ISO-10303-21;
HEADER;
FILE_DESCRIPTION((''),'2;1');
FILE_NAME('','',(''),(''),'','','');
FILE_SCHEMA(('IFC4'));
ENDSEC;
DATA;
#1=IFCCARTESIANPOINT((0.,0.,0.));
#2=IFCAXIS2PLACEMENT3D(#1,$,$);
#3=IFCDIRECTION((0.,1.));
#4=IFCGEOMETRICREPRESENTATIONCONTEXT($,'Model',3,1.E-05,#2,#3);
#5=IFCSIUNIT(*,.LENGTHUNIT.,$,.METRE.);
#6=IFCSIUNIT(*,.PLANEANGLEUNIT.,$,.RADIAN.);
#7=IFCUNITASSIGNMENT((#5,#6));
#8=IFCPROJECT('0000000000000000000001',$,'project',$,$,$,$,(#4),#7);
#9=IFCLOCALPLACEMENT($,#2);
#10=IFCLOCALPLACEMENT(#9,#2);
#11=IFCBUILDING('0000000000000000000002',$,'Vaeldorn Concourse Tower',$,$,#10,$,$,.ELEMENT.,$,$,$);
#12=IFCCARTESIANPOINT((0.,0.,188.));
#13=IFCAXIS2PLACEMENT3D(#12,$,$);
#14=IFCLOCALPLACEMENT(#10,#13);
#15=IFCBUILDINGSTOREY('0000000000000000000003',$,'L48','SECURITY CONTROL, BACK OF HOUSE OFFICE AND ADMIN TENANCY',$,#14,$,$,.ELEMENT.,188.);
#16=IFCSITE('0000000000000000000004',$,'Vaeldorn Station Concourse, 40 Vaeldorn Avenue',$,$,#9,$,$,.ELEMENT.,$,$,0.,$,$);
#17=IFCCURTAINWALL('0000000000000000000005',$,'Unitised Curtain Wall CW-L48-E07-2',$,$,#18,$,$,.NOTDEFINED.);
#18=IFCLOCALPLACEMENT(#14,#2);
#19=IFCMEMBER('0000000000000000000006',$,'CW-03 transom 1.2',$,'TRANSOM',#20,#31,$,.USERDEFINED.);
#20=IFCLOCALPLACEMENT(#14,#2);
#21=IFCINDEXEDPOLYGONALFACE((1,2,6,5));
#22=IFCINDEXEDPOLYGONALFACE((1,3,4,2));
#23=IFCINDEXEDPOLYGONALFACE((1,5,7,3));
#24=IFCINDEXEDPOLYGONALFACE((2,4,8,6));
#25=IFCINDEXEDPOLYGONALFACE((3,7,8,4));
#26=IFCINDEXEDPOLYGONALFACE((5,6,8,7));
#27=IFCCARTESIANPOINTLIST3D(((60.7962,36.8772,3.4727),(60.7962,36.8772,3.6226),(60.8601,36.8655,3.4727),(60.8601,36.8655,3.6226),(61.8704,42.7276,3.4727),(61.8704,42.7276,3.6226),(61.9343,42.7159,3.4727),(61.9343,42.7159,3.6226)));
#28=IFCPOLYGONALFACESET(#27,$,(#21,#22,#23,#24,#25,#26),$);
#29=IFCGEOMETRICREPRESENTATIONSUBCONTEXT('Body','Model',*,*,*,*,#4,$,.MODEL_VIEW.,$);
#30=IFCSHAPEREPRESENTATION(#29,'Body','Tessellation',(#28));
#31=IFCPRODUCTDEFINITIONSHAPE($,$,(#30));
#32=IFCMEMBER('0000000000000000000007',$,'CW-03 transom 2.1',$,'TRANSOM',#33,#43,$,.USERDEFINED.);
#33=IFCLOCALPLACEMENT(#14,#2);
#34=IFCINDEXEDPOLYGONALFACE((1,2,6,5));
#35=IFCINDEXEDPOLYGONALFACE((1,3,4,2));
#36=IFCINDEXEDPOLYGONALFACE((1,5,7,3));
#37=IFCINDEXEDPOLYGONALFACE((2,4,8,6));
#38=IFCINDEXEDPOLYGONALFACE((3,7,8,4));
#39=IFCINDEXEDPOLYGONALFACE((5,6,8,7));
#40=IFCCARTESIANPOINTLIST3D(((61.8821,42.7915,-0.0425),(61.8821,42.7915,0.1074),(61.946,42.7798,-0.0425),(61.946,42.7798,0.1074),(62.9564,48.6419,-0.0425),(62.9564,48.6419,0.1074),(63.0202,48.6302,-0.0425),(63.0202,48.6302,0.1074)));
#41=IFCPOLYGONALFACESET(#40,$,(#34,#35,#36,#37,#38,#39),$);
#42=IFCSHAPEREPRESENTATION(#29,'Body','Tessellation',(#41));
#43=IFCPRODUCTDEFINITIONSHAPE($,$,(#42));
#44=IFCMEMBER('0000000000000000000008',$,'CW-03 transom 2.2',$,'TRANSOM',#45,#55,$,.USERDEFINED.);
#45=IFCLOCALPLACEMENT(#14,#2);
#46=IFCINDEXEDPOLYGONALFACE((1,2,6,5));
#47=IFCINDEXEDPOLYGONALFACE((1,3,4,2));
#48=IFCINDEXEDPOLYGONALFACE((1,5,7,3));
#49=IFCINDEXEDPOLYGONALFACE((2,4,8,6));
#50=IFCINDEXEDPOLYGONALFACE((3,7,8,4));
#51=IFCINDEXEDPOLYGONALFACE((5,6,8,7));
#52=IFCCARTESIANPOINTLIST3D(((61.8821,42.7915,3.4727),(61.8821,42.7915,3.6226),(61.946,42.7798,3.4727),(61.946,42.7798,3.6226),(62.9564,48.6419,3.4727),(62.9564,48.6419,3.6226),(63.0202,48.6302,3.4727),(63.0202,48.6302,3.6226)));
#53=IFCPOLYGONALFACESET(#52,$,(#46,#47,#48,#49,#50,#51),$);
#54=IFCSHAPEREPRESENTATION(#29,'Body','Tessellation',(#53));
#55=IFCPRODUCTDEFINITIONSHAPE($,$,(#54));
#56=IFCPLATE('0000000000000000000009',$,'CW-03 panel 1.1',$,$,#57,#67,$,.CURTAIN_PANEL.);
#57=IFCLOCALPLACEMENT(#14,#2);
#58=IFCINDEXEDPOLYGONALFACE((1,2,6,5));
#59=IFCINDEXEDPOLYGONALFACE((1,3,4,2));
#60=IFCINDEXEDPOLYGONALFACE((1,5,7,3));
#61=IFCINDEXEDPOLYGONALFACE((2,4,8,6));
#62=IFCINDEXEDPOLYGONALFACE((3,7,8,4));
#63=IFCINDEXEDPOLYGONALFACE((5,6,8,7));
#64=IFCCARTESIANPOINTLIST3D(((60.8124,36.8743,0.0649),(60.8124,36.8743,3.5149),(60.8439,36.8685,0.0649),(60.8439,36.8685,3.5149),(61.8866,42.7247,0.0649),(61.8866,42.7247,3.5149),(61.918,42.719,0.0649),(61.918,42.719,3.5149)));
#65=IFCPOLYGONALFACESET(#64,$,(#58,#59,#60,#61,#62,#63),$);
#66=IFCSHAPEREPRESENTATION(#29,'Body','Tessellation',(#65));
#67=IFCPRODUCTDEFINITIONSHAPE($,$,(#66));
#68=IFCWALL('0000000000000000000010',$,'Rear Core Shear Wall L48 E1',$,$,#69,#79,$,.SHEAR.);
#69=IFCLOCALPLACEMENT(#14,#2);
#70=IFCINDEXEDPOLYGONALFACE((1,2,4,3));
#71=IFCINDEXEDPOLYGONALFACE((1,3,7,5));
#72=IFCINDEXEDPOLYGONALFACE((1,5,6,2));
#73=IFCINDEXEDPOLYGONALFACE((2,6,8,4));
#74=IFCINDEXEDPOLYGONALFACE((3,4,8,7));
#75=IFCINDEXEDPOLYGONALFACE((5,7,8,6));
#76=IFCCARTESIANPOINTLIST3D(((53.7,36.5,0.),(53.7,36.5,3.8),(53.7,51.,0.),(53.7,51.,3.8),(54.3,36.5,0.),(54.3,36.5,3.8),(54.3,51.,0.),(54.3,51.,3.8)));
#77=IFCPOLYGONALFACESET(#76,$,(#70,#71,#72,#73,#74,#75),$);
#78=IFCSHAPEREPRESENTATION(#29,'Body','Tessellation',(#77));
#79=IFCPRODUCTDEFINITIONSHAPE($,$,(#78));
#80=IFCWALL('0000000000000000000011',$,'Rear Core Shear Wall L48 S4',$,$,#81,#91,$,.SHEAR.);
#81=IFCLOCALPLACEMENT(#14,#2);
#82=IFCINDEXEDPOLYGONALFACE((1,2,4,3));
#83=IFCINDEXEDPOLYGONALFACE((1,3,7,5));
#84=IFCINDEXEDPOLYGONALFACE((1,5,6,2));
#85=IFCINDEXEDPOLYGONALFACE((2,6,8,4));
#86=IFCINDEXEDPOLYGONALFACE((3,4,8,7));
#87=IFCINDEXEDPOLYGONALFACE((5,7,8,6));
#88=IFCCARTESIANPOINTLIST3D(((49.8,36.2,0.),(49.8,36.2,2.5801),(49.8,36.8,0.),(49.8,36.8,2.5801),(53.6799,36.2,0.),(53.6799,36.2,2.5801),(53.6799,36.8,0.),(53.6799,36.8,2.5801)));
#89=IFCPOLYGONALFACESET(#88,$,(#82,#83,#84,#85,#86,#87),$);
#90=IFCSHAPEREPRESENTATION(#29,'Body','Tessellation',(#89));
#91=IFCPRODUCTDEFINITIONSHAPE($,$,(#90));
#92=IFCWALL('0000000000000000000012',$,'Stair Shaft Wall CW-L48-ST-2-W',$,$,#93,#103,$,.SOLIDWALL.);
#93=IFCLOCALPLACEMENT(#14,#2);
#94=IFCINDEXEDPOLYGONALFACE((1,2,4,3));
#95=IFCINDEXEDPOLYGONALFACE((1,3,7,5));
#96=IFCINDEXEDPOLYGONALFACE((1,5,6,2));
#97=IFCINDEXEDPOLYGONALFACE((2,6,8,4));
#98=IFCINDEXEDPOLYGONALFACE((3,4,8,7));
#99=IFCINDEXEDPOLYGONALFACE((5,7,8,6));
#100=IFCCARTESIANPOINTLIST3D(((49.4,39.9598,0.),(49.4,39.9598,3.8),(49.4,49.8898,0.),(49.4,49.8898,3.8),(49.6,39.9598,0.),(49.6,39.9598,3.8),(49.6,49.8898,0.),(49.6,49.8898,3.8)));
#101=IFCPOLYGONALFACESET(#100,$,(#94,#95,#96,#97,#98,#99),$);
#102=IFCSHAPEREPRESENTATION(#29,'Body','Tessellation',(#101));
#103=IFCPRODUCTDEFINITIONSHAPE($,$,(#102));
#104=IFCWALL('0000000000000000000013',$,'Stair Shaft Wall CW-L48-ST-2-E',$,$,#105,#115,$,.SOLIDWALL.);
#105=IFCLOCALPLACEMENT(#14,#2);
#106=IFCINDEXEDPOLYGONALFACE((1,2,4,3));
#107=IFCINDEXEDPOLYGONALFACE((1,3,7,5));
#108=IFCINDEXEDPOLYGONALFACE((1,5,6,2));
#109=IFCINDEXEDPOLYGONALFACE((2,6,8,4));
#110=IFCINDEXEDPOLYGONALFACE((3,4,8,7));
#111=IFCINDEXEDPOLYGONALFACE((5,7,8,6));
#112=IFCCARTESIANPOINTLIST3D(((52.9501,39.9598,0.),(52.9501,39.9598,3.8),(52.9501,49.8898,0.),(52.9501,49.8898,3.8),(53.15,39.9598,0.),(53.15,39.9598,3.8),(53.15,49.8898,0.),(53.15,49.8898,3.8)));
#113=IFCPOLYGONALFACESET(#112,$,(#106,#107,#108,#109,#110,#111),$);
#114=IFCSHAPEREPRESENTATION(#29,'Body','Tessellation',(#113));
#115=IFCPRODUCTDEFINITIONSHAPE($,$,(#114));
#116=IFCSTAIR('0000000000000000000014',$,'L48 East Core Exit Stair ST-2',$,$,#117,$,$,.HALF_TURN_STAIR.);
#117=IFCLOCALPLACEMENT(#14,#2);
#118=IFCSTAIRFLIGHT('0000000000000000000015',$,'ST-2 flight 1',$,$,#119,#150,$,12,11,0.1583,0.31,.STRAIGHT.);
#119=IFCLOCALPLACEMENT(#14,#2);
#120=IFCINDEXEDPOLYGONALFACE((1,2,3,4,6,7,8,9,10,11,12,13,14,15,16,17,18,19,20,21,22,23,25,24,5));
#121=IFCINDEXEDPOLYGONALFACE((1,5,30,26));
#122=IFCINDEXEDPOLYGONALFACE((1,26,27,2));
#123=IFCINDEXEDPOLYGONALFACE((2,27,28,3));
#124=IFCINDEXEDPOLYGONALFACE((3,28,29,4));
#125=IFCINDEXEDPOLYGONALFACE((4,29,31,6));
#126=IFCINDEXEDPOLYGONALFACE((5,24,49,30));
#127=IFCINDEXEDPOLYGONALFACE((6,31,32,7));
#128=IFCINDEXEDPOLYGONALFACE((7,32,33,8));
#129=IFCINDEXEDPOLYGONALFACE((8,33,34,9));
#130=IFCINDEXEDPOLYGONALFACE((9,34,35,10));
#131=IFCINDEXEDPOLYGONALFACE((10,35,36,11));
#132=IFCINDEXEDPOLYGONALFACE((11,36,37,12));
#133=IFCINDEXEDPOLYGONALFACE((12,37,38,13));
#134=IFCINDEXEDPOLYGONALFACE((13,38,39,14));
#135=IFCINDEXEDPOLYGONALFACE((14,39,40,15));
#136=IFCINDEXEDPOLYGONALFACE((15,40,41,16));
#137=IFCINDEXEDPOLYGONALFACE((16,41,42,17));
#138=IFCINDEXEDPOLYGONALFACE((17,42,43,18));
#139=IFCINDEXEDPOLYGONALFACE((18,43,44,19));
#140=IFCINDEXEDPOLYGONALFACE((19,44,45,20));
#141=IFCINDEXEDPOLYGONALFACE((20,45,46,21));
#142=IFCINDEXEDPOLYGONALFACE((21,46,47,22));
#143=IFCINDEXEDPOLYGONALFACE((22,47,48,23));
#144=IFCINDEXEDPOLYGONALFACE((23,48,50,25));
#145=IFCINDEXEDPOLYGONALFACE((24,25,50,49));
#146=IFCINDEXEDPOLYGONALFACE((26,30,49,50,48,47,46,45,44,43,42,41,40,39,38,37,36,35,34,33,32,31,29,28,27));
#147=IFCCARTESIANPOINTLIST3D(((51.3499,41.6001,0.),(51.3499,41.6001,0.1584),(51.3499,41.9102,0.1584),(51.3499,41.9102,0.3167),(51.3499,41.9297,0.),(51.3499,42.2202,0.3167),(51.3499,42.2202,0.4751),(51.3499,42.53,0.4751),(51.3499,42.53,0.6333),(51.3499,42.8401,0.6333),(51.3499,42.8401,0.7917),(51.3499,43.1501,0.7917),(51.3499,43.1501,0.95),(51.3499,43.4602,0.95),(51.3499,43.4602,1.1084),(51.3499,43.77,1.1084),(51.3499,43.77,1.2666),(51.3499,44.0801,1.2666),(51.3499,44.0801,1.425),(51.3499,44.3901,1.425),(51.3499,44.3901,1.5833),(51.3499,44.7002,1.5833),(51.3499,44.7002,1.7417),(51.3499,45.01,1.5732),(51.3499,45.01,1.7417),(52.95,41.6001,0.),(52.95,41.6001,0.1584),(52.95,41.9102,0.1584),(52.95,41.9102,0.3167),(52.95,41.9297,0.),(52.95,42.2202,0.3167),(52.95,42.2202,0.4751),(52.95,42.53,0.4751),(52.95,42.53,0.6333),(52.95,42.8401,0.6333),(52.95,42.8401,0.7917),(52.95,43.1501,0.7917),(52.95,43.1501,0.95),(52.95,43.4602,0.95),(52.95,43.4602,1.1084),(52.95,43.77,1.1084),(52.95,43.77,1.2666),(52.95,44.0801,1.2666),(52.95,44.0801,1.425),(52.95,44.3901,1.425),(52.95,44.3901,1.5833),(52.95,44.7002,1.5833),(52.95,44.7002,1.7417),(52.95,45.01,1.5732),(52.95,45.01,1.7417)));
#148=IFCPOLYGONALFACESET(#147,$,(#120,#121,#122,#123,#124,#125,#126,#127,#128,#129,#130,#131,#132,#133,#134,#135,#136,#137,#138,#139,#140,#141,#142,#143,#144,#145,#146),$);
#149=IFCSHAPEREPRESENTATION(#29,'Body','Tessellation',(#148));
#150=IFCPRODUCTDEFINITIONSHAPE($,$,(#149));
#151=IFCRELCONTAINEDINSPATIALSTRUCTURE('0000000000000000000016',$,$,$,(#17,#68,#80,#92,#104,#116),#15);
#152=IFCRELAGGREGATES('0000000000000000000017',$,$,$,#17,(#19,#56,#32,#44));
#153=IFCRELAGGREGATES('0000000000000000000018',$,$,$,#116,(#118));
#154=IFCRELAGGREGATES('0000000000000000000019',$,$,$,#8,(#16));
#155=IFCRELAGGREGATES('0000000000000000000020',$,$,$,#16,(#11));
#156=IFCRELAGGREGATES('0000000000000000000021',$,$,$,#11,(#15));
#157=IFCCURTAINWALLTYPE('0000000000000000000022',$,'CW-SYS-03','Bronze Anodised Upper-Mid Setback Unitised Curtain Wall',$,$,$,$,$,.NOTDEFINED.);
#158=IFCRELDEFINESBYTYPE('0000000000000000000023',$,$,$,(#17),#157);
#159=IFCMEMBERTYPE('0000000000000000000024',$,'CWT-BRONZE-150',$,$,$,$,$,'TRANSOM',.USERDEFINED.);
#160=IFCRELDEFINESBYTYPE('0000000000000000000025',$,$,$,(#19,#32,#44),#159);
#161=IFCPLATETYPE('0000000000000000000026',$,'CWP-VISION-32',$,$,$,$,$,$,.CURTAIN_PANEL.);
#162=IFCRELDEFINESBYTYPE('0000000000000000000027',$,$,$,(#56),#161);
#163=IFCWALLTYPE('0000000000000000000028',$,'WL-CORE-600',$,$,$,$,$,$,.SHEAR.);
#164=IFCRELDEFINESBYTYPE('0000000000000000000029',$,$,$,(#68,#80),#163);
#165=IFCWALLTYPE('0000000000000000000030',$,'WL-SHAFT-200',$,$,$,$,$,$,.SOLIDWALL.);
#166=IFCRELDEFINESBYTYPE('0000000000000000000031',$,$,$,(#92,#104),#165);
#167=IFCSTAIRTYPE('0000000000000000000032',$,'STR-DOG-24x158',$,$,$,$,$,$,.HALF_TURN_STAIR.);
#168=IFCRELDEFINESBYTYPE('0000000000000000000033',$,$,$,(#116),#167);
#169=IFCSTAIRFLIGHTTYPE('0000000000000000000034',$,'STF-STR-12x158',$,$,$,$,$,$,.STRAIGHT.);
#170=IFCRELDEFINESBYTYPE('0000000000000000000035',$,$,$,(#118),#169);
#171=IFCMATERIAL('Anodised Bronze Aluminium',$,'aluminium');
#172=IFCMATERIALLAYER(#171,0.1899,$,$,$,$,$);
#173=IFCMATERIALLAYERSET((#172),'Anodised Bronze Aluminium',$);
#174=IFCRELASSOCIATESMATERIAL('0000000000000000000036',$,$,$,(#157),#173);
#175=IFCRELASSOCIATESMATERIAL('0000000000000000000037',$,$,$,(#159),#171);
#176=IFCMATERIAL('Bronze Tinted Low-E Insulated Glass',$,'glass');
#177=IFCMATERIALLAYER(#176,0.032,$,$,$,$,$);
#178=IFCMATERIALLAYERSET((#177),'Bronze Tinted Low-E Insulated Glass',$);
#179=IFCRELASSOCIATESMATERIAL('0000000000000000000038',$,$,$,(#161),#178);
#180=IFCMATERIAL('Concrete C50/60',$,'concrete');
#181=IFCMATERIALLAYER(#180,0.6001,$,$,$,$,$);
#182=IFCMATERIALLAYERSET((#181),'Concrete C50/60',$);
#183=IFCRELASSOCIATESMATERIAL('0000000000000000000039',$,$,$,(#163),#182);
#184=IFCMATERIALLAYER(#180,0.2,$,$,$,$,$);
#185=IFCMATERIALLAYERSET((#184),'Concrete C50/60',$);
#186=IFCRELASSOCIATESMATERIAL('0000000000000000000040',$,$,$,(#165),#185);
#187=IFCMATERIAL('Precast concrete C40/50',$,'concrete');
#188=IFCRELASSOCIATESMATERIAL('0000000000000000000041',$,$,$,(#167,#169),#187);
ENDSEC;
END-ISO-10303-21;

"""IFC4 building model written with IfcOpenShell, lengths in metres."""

from ifc_helpers import new_model, si_unit, direction, frame, frame_2d, origin, origin_2d, place, context, subcontext, project, spatial, polyline, rectangle, outline, extrude, source, transform, mapped, material, layer, layer_set, material_profile, profile_set, type_object, element, aggregate, save


model = new_model("IFC4")

# Units and contexts
model_context = context("Model", 3, precision=1e-05, world=origin(), true_north=direction((0.0, 1.0)))
body_context = subcontext(model_context, "Body", "Model", "MODEL_VIEW")
ifc_project = project(units=[si_unit("LENGTHUNIT", "METRE"), si_unit("PLANEANGLEUNIT", "RADIAN")], contexts=[model_context])

# Site, building, storey
site_placement = place(None, origin())
site = spatial("IfcSite", under=ifc_project, at=site_placement, Name="Vaeldorn Station Concourse, 40 Vaeldorn Avenue", CompositionType="ELEMENT", RefElevation=0.0)
building_placement = place(site_placement, origin())
building = spatial("IfcBuilding", under=site, at=building_placement, Name="Vaeldorn Concourse Tower", CompositionType="ELEMENT")
storey_placement = place(building_placement, frame((0.0, 0.0, 188.0)))
storey = spatial("IfcBuildingStorey", under=building, at=storey_placement, Name="L48", Description="SECURITY CONTROL, BACK OF HOUSE OFFICE AND ADMIN TENANCY", CompositionType="ELEMENT", Elevation=188.0)

# Shared definitions
ifc_material_1 = material(Name="Concrete C50/60", Category="concrete")

# Curtain wall, members, plate
ifc_material_2 = material(Name="Anodised Bronze Aluminium", Category="aluminium")
ifc_layer_1 = layer(ifc_material_2, 0.1899)
ifc_layer_set_1 = layer_set([ifc_layer_1], Name="Anodised Bronze Aluminium")
curtain_wall_type = type_object("IfcCurtainWallType", Name="CW-SYS-03", Description="Bronze Anodised Upper-Mid Setback Unitised Curtain Wall", PredefinedType="NOTDEFINED", material=ifc_layer_set_1)
curtain_wall_placement = place(storey_placement, origin())
curtain_wall = element("IfcCurtainWall", 1, at=curtain_wall_placement, inside=storey, type_object=curtain_wall_type, Name="Unitised Curtain Wall CW-L48-E07-2", PredefinedType="NOTDEFINED")
ifc_material_profile_1 = material_profile(ifc_material_2, rectangle(XDim=0.0649, YDim=0.1499, at=origin_2d()), Name="CWT 65x150")
ifc_profile_set_1 = profile_set([ifc_material_profile_1], Name="Anodised Bronze Aluminium")
member_type_1 = type_object("IfcMemberType", Name="CWT-BRONZE-150", ElementType="TRANSOM", PredefinedType="USERDEFINED", material=ifc_profile_set_1)
shared_shape_1 = source(origin(), body_context, "Body", "SweptSolid", [
    extrude(rectangle(XDim=0.0649, YDim=0.1499, at=origin_2d()), origin(), (0.0, 0.0, 1.0), 5.9482),
])
member_1_placement = place(storey_placement, frame((60.8281, 36.8713, 3.5476), z_axis=(0.180597, 0.983557, 0.0), x_axis=(-0.983557, 0.180597, 0.0)))
member_1 = element("IfcMember", 2, at=member_1_placement, type_object=member_type_1, Name="CW-03 transom 1.2", ObjectType="TRANSOM", PredefinedType="USERDEFINED", context=body_context, shape_type="MappedRepresentation", body=[
    mapped(shared_shape_1, transform((0.0, 0.0, 0.0), scale=1.0)),
])
member_2_placement = place(storey_placement, frame((61.9141, 42.7856, 0.0325), z_axis=(0.180597, 0.983557, 0.0), x_axis=(-0.983557, 0.180597, 0.0)))
member_2 = element("IfcMember", 3, at=member_2_placement, type_object=member_type_1, Name="CW-03 transom 2.1", ObjectType="TRANSOM", PredefinedType="USERDEFINED", context=body_context, shape_type="MappedRepresentation", body=[
    mapped(shared_shape_1, transform((0.0, 0.0, 0.0), scale=1.0)),
])
member_3_placement = place(storey_placement, frame((61.9141, 42.7856, 3.5476), z_axis=(0.180597, 0.983557, 0.0), x_axis=(-0.983557, 0.180597, 0.0)))
member_3 = element("IfcMember", 4, at=member_3_placement, type_object=member_type_1, Name="CW-03 transom 2.2", ObjectType="TRANSOM", PredefinedType="USERDEFINED", context=body_context, shape_type="MappedRepresentation", body=[
    mapped(shared_shape_1, transform((0.0, 0.0, 0.0), scale=1.0)),
])
ifc_material_3 = material(Name="Bronze Tinted Low-E Insulated Glass", Category="glass")
ifc_layer_2 = layer(ifc_material_3, 0.032)
ifc_layer_set_2 = layer_set([ifc_layer_2], Name="Bronze Tinted Low-E Insulated Glass")
plate_type = type_object("IfcPlateType", Name="CWP-VISION-32", PredefinedType="CURTAIN_PANEL", material=ifc_layer_set_2)
shared_shape_2 = source(origin(), body_context, "Body", "SweptSolid", [
    extrude(rectangle(XDim=5.9482, YDim=0.032, at=origin_2d()), origin(), (0.0, 0.0, 1.0), 3.45),
])
plate_placement = place(storey_placement, frame((61.3652, 39.7966, 0.0649), z_axis=(0.0, 0.0, 1.0), x_axis=(0.180585, 0.983559, 0.0)))
plate = element("IfcPlate", 5, at=plate_placement, type_object=plate_type, Name="CW-03 panel 1.1", PredefinedType="CURTAIN_PANEL", context=body_context, shape_type="MappedRepresentation", body=[
    mapped(shared_shape_2, transform((0.0, 0.0, 0.0), scale=1.0)),
])
aggregate(curtain_wall, [member_1, plate, member_2, member_3])

# Walls
ifc_layer_3 = layer(ifc_material_1, 0.6001)
ifc_layer_set_3 = layer_set([ifc_layer_3], Name="Concrete C50/60")
wall_type_1 = type_object("IfcWallType", Name="WL-CORE-600", PredefinedType="SHEAR", material=ifc_layer_set_3)
wall_1_placement = place(storey_placement, frame((54.0, 36.5, 0.0), z_axis=(0.0, 0.0, 1.0), x_axis=(0.0, 1.0, 0.0)))
element("IfcWall", 6, at=wall_1_placement, inside=storey, type_object=wall_type_1, Name="Rear Core Shear Wall L48 E1", PredefinedType="SHEAR", context=body_context, shape_type="SweptSolid", body=[
    extrude(rectangle(XDim=14.5, YDim=0.6001, at=frame_2d((7.25, 0.0))), origin(), (0.0, 0.0, 1.0), 3.8),
])
wall_2_placement = place(storey_placement, frame((49.8, 36.5, 0.0), z_axis=(0.0, 0.0, 1.0), x_axis=(1.0, 0.0, 0.0)))
element("IfcWall", 7, at=wall_2_placement, inside=storey, type_object=wall_type_1, Name="Rear Core Shear Wall L48 S4", PredefinedType="SHEAR", context=body_context, shape_type="SweptSolid", body=[
    extrude(rectangle(XDim=3.8799, YDim=0.6001, at=frame_2d((1.9399, 0.0))), origin(), (0.0, 0.0, 1.0), 2.5801),
])
ifc_layer_4 = layer(ifc_material_1, 0.2)
ifc_layer_set_4 = layer_set([ifc_layer_4], Name="Concrete C50/60")
wall_type_2 = type_object("IfcWallType", Name="WL-SHAFT-200", PredefinedType="SOLIDWALL", material=ifc_layer_set_4)
for number, where, z_axis, x_axis, name in (
    (8, (49.5, 39.96, 0.0), (0.0, 0.0, 1.0), (0.0, 1.0, 0.0), "Stair Shaft Wall CW-L48-ST-2-W"),
    (9, (53.05, 39.96, 0.0), (0.0, 0.0, 1.0), (0.0, 1.0, 0.0), "Stair Shaft Wall CW-L48-ST-2-E"),
):
    element("IfcWall", number, at=place(storey_placement, frame(where, z_axis=z_axis, x_axis=x_axis)), inside=storey, type_object=wall_type_2, Name=name, PredefinedType="SOLIDWALL", context=body_context, shape_type="SweptSolid", body=[
        extrude(rectangle(XDim=9.9299, YDim=0.2, at=frame_2d((4.9648, 0.0))), origin(), (0.0, 0.0, 1.0), 3.8),
    ])

# Stair, stair flight
ifc_material_4 = material(Name="Precast concrete C40/50", Category="concrete")
stair_type = type_object("IfcStairType", Name="STR-DOG-24x158", PredefinedType="HALF_TURN_STAIR", material=ifc_material_4)
stair_placement = place(storey_placement, origin())
stair = element("IfcStair", 10, at=stair_placement, inside=storey, type_object=stair_type, Name="L48 East Core Exit Stair ST-2", PredefinedType="HALF_TURN_STAIR")
stair_flight_type = type_object("IfcStairFlightType", Name="STF-STR-12x158", PredefinedType="STRAIGHT", material=ifc_material_4)
stair_flight_placement = place(storey_placement, frame((52.1499, 41.6001, 0.0), z_axis=(0.0, 0.0, 1.0), x_axis=(0.0, 1.0, 0.0)))
stair_flight = element("IfcStairFlight", 11, at=stair_flight_placement, type_object=stair_flight_type, Name="ST-2 flight 1", NumberOfRisers=12, NumberOfTreads=11, PredefinedType="STRAIGHT", RiserHeight=0.1583, TreadLength=0.31, context=body_context, shape_type="SweptSolid", body=[
    extrude(outline(polyline([(0.0, 0.0), (0.0, 0.1584), (0.3101, 0.1584), (0.3101, 0.3167), (0.6201, 0.3167), (0.6201, 0.4751), (0.9299, 0.4751), (0.9299, 0.6333), (1.24, 0.6333), (1.24, 0.7917), (1.55, 0.7917), (1.55, 0.95), (1.8601, 0.95), (1.8601, 1.1084), (2.1699, 1.1084), (2.1699, 1.2666), (2.48, 1.2666), (2.48, 1.425), (2.79, 1.425), (2.79, 1.5833), (3.1001, 1.5833), (3.1001, 1.7417), (3.4099, 1.7417), (3.4099, 1.8999), (3.4099, 1.5732), (0.3296, 0.0), (0.0, 0.0)])), frame((0.0, 0.8, 0.0), z_axis=(0.0, -1.0, 0.0), x_axis=(1.0, 0.0, 0.0)), (0.0, 0.0, 1.0), 1.6001),
])
aggregate(stair, [stair_flight])

save(model, "model.ifc")
